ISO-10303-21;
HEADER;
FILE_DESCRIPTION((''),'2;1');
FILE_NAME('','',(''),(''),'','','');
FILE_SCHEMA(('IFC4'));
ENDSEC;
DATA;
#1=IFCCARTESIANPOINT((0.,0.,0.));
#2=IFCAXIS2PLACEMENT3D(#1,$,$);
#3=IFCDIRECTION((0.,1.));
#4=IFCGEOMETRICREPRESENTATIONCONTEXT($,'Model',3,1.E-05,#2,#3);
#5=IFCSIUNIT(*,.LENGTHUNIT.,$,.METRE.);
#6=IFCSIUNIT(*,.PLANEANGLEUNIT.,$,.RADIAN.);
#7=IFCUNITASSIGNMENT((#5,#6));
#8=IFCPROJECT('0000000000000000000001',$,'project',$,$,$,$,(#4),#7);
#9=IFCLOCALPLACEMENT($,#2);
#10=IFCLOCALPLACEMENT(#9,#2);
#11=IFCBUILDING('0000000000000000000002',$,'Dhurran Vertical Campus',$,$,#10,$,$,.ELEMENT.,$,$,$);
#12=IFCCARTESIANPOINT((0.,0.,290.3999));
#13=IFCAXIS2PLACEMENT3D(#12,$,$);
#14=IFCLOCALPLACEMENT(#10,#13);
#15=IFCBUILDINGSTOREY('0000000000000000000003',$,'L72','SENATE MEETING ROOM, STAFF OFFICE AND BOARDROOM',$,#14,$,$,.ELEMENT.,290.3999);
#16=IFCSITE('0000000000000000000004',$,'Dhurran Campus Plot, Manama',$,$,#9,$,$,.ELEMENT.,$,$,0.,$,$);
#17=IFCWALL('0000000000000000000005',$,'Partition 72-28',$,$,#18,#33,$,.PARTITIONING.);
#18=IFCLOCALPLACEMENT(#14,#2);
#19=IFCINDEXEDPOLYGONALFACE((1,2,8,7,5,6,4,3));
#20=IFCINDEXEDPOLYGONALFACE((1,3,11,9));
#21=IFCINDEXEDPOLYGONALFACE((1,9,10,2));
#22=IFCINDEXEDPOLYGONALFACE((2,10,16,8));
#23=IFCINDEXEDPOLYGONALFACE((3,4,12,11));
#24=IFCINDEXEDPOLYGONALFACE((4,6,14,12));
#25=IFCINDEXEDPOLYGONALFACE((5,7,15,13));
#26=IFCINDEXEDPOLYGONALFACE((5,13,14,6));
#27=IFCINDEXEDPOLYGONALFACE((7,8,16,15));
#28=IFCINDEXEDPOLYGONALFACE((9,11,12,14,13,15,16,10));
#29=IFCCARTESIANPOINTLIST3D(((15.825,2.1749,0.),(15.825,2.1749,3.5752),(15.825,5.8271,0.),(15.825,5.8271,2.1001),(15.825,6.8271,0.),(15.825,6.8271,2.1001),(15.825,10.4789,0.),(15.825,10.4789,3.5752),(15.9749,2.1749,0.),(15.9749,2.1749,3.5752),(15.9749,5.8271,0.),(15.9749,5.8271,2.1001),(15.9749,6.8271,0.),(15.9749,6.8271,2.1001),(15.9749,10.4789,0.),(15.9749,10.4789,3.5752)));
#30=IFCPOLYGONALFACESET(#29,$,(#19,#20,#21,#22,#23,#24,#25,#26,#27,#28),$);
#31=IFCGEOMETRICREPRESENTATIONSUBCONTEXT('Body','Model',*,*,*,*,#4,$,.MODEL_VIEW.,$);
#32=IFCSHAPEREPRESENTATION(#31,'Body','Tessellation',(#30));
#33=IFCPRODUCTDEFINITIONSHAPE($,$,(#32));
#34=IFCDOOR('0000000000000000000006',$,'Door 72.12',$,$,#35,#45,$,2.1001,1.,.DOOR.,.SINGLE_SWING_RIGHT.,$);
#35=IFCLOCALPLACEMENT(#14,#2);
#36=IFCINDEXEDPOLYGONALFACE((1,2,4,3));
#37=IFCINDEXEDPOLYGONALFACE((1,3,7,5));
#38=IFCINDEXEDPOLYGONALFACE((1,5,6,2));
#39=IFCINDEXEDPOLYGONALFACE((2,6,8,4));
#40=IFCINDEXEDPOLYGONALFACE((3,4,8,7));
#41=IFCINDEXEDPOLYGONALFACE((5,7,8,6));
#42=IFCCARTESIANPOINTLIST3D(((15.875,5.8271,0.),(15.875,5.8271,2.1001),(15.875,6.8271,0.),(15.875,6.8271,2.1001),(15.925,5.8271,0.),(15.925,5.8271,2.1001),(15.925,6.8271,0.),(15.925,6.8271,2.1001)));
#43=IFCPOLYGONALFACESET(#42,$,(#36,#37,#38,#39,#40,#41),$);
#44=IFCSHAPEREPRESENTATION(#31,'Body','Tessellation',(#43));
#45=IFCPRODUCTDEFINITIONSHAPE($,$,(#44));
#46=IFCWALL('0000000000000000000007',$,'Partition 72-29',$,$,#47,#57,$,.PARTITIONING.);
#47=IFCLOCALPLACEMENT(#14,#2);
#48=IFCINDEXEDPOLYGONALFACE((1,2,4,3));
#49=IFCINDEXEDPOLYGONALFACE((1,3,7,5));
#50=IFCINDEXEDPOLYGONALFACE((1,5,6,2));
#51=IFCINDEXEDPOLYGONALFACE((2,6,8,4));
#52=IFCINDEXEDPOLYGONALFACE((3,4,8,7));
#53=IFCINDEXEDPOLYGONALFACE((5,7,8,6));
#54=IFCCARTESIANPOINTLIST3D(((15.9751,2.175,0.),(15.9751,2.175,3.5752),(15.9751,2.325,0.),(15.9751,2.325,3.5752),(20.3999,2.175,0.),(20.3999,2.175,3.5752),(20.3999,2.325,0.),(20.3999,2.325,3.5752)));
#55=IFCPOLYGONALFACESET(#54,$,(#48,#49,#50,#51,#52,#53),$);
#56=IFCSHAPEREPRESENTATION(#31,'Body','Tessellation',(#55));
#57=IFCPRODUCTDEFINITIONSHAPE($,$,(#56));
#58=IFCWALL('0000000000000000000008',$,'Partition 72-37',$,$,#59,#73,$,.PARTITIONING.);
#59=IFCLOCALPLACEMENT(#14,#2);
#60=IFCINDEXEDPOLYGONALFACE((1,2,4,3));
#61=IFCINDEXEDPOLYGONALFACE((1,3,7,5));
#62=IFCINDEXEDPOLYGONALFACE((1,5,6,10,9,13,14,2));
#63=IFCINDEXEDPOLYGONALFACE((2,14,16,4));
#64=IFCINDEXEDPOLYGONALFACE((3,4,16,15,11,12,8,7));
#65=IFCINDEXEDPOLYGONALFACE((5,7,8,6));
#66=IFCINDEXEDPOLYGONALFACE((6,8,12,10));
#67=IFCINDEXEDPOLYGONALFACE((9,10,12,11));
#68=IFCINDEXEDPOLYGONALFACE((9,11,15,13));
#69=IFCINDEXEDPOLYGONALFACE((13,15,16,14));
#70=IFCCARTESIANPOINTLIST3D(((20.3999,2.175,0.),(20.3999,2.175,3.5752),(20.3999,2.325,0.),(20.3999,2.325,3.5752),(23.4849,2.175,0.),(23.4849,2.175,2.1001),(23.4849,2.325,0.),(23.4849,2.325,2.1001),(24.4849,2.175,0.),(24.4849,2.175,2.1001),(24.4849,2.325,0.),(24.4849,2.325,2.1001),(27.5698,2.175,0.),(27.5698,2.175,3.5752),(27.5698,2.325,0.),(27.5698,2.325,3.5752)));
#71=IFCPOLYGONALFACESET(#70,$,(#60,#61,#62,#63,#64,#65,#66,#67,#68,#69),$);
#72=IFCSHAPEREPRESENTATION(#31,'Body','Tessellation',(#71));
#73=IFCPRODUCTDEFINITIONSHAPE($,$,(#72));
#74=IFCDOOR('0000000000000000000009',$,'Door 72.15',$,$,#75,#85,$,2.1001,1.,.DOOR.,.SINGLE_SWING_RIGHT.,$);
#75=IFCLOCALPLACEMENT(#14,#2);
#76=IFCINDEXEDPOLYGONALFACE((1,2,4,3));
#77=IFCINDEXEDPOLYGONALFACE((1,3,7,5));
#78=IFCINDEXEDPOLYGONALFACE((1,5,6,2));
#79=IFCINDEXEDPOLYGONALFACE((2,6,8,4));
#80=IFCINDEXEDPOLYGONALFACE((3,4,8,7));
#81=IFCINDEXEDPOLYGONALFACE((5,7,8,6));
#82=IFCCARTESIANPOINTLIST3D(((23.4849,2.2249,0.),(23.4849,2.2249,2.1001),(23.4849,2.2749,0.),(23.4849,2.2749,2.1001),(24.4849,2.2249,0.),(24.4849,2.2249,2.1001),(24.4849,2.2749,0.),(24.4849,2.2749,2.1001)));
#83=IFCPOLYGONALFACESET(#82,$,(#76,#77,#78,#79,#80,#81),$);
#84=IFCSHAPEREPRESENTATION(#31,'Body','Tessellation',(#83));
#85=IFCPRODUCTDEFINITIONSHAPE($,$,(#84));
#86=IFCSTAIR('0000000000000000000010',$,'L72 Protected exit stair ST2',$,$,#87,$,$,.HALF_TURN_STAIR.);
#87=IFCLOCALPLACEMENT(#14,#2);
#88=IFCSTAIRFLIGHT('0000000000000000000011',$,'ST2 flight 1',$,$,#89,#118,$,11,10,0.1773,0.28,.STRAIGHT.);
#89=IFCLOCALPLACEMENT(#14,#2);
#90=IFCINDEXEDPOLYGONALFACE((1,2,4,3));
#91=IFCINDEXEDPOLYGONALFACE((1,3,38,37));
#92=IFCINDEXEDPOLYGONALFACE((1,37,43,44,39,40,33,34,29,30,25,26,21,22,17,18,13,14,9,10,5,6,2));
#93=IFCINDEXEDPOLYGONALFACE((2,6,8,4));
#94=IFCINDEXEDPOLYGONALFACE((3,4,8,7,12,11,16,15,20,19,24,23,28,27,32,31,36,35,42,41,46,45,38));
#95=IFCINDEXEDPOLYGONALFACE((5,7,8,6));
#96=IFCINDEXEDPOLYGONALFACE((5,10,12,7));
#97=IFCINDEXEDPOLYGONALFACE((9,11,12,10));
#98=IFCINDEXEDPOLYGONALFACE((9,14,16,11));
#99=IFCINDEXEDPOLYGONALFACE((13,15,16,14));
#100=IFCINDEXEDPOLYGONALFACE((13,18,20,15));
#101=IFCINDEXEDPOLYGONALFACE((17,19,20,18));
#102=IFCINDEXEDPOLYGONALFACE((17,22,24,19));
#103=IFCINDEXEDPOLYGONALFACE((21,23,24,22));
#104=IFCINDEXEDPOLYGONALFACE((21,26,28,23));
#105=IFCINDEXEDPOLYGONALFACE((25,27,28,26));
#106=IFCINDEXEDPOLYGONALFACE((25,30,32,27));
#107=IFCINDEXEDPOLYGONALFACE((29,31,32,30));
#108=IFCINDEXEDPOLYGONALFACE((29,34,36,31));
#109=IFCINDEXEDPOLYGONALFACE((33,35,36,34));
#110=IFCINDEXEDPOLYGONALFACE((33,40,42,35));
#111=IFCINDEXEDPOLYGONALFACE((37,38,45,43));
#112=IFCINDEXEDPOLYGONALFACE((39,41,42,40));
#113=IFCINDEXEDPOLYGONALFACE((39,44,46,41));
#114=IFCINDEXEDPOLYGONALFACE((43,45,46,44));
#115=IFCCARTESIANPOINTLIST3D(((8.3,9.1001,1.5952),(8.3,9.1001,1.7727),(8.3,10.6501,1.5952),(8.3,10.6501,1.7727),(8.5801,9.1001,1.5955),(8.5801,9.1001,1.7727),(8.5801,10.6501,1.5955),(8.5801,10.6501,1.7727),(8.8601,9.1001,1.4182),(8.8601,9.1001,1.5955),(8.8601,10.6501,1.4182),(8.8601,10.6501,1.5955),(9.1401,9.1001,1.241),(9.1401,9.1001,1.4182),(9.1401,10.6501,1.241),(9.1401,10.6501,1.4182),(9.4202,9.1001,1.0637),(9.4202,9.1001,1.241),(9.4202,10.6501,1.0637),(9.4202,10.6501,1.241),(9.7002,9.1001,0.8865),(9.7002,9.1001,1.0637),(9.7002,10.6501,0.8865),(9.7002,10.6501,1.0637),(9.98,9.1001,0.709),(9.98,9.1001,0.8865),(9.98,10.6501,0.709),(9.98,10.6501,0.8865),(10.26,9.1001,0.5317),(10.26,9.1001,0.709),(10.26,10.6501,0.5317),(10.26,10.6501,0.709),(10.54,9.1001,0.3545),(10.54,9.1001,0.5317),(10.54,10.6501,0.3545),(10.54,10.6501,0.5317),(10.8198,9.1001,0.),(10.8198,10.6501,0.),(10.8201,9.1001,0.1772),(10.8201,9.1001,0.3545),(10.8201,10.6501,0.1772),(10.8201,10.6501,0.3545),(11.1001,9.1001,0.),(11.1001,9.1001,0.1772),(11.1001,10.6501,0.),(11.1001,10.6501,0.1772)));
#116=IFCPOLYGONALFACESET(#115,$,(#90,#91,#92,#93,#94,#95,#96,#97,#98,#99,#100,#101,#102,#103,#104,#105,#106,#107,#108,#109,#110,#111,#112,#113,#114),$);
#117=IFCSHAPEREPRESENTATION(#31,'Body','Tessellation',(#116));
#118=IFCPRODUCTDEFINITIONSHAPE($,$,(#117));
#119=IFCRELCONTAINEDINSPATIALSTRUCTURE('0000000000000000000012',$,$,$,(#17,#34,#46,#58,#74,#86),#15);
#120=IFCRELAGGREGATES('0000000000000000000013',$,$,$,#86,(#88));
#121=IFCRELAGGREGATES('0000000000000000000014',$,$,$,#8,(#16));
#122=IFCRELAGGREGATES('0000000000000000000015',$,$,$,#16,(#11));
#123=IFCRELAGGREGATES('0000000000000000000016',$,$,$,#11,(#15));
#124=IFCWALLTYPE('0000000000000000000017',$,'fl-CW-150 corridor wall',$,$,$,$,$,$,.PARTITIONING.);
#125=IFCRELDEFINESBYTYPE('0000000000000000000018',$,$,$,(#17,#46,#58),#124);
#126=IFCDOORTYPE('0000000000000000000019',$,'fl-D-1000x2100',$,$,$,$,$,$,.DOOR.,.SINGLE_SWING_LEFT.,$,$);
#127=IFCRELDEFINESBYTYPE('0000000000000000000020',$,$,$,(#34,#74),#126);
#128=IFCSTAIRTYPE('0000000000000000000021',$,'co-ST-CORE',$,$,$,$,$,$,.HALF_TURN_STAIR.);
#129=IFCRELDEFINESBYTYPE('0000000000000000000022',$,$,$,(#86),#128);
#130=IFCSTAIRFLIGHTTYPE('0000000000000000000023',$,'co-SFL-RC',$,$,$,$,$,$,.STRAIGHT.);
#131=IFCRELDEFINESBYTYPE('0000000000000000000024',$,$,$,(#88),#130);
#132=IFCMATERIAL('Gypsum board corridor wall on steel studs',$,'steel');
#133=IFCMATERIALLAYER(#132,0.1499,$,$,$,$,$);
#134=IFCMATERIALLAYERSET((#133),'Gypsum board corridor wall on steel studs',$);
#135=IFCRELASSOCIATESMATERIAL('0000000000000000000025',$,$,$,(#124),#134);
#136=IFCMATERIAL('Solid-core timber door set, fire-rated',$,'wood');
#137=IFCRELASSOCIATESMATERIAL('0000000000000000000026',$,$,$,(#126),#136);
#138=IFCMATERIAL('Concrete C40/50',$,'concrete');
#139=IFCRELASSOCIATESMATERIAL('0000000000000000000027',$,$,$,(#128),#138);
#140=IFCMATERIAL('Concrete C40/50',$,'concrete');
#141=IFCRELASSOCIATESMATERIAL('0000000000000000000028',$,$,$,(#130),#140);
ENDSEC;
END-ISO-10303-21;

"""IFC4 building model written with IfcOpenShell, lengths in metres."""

from ifc_helpers import new_model, si_unit, direction, frame, frame_2d, origin, place, context, subcontext, project, spatial, polyline, rectangle, outline, extrude, material, layer, layer_set, type_object, element, fill, aggregate, save


model = new_model("IFC4")

# Units and contexts
model_context = context("Model", 3, precision=1e-05, world=origin(), true_north=direction((0.0, 1.0)))
body_context = subcontext(model_context, "Body", "Model", "MODEL_VIEW")
ifc_project = project(units=[si_unit("LENGTHUNIT", "METRE"), si_unit("PLANEANGLEUNIT", "RADIAN")], contexts=[model_context])

# Site, building, storey
site_placement = place(None, origin())
site = spatial("IfcSite", under=ifc_project, at=site_placement, Name="Dhurran Campus Plot, Manama", CompositionType="ELEMENT", RefElevation=0.0)
building_placement = place(site_placement, origin())
building = spatial("IfcBuilding", under=site, at=building_placement, Name="Dhurran Vertical Campus", CompositionType="ELEMENT")
storey_placement = place(building_placement, frame((0.0, 0.0, 290.3999)))
storey = spatial("IfcBuildingStorey", under=building, at=storey_placement, Name="L72", Description="SENATE MEETING ROOM, STAFF OFFICE AND BOARDROOM", CompositionType="ELEMENT", Elevation=290.3999)

# Wall, opening, door
ifc_material_1 = material(Name="Gypsum board corridor wall on steel studs", Category="steel")
ifc_layer_1 = layer(ifc_material_1, 0.1499)
ifc_layer_set_1 = layer_set([ifc_layer_1], Name="Gypsum board corridor wall on steel studs")
wall_type_1 = type_object("IfcWallType", Name="fl-CW-150 corridor wall", PredefinedType="PARTITIONING", material=ifc_layer_set_1)
wall_1_placement = place(storey_placement, frame((15.8999, 2.175, 0.0), z_axis=(0.0, 0.0, 1.0), x_axis=(0.0, 1.0, 0.0)))
wall_1 = element("IfcWall", 1, at=wall_1_placement, inside=storey, type_object=wall_type_1, Name="Partition 72-28", PredefinedType="PARTITIONING", context=body_context, shape_type="SweptSolid", body=[
    extrude(rectangle(XDim=8.304, YDim=0.1499, at=frame_2d((4.1519, 0.0))), origin(), (0.0, 0.0, 1.0), 3.5752),
])
opening_1_placement = place(wall_1_placement, frame((3.6521, 0.0, 0.0)))
opening_1 = element("IfcOpeningElement", 2, at=opening_1_placement, cuts=wall_1, PredefinedType="OPENING", context=body_context, shape_type="SweptSolid", body=[
    extrude(rectangle(XDim=1.0, YDim=2.1001, at=frame_2d((0.5, 1.05))), frame((0.0, 0.085, 0.0), z_axis=(0.0, -1.0, 0.0), x_axis=(1.0, 0.0, 0.0)), (0.0, 0.0, 1.0), 0.1699),
])
ifc_material_2 = material(Name="Solid-core timber door set, fire-rated", Category="wood")
door_type = type_object("IfcDoorType", Name="fl-D-1000x2100", OperationType="SINGLE_SWING_LEFT", PredefinedType="DOOR", material=ifc_material_2)
door_1_placement = place(opening_1_placement, origin())
door_1 = element("IfcDoor", 3, at=door_1_placement, inside=storey, type_object=door_type, Name="Door 72.12", OperationType="SINGLE_SWING_RIGHT", OverallHeight=2.1001, OverallWidth=1.0, PredefinedType="DOOR", context=body_context, shape_type="SweptSolid", body=[
    extrude(rectangle(XDim=1.0, YDim=2.1001, at=frame_2d((0.5, 1.05))), frame((0.0, 0.0249, 0.0), z_axis=(0.0, -1.0, 0.0), x_axis=(1.0, 0.0, 0.0)), (0.0, 0.0, 1.0), 0.05),
])
fill(opening_1, door_1)

# Wall
wall_2_placement = place(storey_placement, frame((15.9751, 2.25, 0.0), z_axis=(0.0, 0.0, 1.0), x_axis=(1.0, 0.0, 0.0)))
element("IfcWall", 4, at=wall_2_placement, inside=storey, type_object=wall_type_1, Name="Partition 72-29", PredefinedType="PARTITIONING", context=body_context, shape_type="SweptSolid", body=[
    extrude(rectangle(XDim=4.4248, YDim=0.1499, at=frame_2d((2.2124, 0.0))), origin(), (0.0, 0.0, 1.0), 3.5752),
])

# Wall, opening, door
wall_3_placement = place(storey_placement, frame((20.3999, 2.25, 0.0), z_axis=(0.0, 0.0, 1.0), x_axis=(1.0, 0.0, 0.0)))
wall_3 = element("IfcWall", 5, at=wall_3_placement, inside=storey, type_object=wall_type_1, Name="Partition 72-37", PredefinedType="PARTITIONING", context=body_context, shape_type="SweptSolid", body=[
    extrude(rectangle(XDim=7.1699, YDim=0.1499, at=frame_2d((3.585, 0.0))), origin(), (0.0, 0.0, 1.0), 3.5752),
])
opening_2_placement = place(wall_3_placement, frame((3.085, 0.0, 0.0)))
opening_2 = element("IfcOpeningElement", 6, at=opening_2_placement, cuts=wall_3, PredefinedType="OPENING", context=body_context, shape_type="SweptSolid", body=[
    extrude(rectangle(XDim=1.0, YDim=2.1001, at=frame_2d((0.5, 1.05))), frame((0.0, 0.085, 0.0), z_axis=(0.0, -1.0, 0.0), x_axis=(1.0, 0.0, 0.0)), (0.0, 0.0, 1.0), 0.1699),
])
door_2_placement = place(opening_2_placement, origin())
door_2 = element("IfcDoor", 7, at=door_2_placement, inside=storey, type_object=door_type, Name="Door 72.15", OperationType="SINGLE_SWING_RIGHT", OverallHeight=2.1001, OverallWidth=1.0, PredefinedType="DOOR", context=body_context, shape_type="SweptSolid", body=[
    extrude(rectangle(XDim=1.0, YDim=2.1001, at=frame_2d((0.5, 1.05))), frame((0.0, 0.0249, 0.0), z_axis=(0.0, -1.0, 0.0), x_axis=(1.0, 0.0, 0.0)), (0.0, 0.0, 1.0), 0.05),
])
fill(opening_2, door_2)

# Stair, stair flight
ifc_material_3 = material(Name="Concrete C40/50", Category="concrete")
stair_type = type_object("IfcStairType", Name="co-ST-CORE", PredefinedType="HALF_TURN_STAIR", material=ifc_material_3)
stair_placement = place(storey_placement, origin())
stair = element("IfcStair", 8, at=stair_placement, inside=storey, type_object=stair_type, Name="L72 Protected exit stair ST2", PredefinedType="HALF_TURN_STAIR")
ifc_material_4 = material(Name="Concrete C40/50", Category="concrete")
stair_flight_type = type_object("IfcStairFlightType", Name="co-SFL-RC", PredefinedType="STRAIGHT", material=ifc_material_4)
stair_flight_placement = place(storey_placement, frame((11.1001, 9.875, 0.0), z_axis=(0.0, 0.0, 1.0), x_axis=(-1.0, 0.0, 0.0)))
stair_flight = element("IfcStairFlight", 9, at=stair_flight_placement, type_object=stair_flight_type, Name="ST2 flight 1", NumberOfRisers=11, NumberOfTreads=10, PredefinedType="STRAIGHT", RiserHeight=0.1773, TreadLength=0.28, context=body_context, shape_type="SweptSolid", body=[
    extrude(outline(polyline([(0.0, 0.0), (0.0, 0.1772), (0.28, 0.1772), (0.28, 0.3545), (0.5601, 0.3545), (0.5601, 0.5317), (0.8401, 0.5317), (0.8401, 0.709), (1.1201, 0.709), (1.1201, 0.8865), (1.3999, 0.8865), (1.3999, 1.0637), (1.6799, 1.0637), (1.6799, 1.241), (1.96, 1.241), (1.96, 1.4182), (2.24, 1.4182), (2.24, 1.5955), (2.52, 1.5955), (2.52, 1.7727), (2.8, 1.7727), (2.8, 1.95), (2.8, 1.5952), (0.2803, 0.0), (0.0, 0.0)])), frame((0.0, 0.7749, 0.0), z_axis=(0.0, -1.0, 0.0), x_axis=(1.0, 0.0, 0.0)), (0.0, 0.0, 1.0), 1.55),
])
aggregate(stair, [stair_flight])

save(model, "model.ifc")
